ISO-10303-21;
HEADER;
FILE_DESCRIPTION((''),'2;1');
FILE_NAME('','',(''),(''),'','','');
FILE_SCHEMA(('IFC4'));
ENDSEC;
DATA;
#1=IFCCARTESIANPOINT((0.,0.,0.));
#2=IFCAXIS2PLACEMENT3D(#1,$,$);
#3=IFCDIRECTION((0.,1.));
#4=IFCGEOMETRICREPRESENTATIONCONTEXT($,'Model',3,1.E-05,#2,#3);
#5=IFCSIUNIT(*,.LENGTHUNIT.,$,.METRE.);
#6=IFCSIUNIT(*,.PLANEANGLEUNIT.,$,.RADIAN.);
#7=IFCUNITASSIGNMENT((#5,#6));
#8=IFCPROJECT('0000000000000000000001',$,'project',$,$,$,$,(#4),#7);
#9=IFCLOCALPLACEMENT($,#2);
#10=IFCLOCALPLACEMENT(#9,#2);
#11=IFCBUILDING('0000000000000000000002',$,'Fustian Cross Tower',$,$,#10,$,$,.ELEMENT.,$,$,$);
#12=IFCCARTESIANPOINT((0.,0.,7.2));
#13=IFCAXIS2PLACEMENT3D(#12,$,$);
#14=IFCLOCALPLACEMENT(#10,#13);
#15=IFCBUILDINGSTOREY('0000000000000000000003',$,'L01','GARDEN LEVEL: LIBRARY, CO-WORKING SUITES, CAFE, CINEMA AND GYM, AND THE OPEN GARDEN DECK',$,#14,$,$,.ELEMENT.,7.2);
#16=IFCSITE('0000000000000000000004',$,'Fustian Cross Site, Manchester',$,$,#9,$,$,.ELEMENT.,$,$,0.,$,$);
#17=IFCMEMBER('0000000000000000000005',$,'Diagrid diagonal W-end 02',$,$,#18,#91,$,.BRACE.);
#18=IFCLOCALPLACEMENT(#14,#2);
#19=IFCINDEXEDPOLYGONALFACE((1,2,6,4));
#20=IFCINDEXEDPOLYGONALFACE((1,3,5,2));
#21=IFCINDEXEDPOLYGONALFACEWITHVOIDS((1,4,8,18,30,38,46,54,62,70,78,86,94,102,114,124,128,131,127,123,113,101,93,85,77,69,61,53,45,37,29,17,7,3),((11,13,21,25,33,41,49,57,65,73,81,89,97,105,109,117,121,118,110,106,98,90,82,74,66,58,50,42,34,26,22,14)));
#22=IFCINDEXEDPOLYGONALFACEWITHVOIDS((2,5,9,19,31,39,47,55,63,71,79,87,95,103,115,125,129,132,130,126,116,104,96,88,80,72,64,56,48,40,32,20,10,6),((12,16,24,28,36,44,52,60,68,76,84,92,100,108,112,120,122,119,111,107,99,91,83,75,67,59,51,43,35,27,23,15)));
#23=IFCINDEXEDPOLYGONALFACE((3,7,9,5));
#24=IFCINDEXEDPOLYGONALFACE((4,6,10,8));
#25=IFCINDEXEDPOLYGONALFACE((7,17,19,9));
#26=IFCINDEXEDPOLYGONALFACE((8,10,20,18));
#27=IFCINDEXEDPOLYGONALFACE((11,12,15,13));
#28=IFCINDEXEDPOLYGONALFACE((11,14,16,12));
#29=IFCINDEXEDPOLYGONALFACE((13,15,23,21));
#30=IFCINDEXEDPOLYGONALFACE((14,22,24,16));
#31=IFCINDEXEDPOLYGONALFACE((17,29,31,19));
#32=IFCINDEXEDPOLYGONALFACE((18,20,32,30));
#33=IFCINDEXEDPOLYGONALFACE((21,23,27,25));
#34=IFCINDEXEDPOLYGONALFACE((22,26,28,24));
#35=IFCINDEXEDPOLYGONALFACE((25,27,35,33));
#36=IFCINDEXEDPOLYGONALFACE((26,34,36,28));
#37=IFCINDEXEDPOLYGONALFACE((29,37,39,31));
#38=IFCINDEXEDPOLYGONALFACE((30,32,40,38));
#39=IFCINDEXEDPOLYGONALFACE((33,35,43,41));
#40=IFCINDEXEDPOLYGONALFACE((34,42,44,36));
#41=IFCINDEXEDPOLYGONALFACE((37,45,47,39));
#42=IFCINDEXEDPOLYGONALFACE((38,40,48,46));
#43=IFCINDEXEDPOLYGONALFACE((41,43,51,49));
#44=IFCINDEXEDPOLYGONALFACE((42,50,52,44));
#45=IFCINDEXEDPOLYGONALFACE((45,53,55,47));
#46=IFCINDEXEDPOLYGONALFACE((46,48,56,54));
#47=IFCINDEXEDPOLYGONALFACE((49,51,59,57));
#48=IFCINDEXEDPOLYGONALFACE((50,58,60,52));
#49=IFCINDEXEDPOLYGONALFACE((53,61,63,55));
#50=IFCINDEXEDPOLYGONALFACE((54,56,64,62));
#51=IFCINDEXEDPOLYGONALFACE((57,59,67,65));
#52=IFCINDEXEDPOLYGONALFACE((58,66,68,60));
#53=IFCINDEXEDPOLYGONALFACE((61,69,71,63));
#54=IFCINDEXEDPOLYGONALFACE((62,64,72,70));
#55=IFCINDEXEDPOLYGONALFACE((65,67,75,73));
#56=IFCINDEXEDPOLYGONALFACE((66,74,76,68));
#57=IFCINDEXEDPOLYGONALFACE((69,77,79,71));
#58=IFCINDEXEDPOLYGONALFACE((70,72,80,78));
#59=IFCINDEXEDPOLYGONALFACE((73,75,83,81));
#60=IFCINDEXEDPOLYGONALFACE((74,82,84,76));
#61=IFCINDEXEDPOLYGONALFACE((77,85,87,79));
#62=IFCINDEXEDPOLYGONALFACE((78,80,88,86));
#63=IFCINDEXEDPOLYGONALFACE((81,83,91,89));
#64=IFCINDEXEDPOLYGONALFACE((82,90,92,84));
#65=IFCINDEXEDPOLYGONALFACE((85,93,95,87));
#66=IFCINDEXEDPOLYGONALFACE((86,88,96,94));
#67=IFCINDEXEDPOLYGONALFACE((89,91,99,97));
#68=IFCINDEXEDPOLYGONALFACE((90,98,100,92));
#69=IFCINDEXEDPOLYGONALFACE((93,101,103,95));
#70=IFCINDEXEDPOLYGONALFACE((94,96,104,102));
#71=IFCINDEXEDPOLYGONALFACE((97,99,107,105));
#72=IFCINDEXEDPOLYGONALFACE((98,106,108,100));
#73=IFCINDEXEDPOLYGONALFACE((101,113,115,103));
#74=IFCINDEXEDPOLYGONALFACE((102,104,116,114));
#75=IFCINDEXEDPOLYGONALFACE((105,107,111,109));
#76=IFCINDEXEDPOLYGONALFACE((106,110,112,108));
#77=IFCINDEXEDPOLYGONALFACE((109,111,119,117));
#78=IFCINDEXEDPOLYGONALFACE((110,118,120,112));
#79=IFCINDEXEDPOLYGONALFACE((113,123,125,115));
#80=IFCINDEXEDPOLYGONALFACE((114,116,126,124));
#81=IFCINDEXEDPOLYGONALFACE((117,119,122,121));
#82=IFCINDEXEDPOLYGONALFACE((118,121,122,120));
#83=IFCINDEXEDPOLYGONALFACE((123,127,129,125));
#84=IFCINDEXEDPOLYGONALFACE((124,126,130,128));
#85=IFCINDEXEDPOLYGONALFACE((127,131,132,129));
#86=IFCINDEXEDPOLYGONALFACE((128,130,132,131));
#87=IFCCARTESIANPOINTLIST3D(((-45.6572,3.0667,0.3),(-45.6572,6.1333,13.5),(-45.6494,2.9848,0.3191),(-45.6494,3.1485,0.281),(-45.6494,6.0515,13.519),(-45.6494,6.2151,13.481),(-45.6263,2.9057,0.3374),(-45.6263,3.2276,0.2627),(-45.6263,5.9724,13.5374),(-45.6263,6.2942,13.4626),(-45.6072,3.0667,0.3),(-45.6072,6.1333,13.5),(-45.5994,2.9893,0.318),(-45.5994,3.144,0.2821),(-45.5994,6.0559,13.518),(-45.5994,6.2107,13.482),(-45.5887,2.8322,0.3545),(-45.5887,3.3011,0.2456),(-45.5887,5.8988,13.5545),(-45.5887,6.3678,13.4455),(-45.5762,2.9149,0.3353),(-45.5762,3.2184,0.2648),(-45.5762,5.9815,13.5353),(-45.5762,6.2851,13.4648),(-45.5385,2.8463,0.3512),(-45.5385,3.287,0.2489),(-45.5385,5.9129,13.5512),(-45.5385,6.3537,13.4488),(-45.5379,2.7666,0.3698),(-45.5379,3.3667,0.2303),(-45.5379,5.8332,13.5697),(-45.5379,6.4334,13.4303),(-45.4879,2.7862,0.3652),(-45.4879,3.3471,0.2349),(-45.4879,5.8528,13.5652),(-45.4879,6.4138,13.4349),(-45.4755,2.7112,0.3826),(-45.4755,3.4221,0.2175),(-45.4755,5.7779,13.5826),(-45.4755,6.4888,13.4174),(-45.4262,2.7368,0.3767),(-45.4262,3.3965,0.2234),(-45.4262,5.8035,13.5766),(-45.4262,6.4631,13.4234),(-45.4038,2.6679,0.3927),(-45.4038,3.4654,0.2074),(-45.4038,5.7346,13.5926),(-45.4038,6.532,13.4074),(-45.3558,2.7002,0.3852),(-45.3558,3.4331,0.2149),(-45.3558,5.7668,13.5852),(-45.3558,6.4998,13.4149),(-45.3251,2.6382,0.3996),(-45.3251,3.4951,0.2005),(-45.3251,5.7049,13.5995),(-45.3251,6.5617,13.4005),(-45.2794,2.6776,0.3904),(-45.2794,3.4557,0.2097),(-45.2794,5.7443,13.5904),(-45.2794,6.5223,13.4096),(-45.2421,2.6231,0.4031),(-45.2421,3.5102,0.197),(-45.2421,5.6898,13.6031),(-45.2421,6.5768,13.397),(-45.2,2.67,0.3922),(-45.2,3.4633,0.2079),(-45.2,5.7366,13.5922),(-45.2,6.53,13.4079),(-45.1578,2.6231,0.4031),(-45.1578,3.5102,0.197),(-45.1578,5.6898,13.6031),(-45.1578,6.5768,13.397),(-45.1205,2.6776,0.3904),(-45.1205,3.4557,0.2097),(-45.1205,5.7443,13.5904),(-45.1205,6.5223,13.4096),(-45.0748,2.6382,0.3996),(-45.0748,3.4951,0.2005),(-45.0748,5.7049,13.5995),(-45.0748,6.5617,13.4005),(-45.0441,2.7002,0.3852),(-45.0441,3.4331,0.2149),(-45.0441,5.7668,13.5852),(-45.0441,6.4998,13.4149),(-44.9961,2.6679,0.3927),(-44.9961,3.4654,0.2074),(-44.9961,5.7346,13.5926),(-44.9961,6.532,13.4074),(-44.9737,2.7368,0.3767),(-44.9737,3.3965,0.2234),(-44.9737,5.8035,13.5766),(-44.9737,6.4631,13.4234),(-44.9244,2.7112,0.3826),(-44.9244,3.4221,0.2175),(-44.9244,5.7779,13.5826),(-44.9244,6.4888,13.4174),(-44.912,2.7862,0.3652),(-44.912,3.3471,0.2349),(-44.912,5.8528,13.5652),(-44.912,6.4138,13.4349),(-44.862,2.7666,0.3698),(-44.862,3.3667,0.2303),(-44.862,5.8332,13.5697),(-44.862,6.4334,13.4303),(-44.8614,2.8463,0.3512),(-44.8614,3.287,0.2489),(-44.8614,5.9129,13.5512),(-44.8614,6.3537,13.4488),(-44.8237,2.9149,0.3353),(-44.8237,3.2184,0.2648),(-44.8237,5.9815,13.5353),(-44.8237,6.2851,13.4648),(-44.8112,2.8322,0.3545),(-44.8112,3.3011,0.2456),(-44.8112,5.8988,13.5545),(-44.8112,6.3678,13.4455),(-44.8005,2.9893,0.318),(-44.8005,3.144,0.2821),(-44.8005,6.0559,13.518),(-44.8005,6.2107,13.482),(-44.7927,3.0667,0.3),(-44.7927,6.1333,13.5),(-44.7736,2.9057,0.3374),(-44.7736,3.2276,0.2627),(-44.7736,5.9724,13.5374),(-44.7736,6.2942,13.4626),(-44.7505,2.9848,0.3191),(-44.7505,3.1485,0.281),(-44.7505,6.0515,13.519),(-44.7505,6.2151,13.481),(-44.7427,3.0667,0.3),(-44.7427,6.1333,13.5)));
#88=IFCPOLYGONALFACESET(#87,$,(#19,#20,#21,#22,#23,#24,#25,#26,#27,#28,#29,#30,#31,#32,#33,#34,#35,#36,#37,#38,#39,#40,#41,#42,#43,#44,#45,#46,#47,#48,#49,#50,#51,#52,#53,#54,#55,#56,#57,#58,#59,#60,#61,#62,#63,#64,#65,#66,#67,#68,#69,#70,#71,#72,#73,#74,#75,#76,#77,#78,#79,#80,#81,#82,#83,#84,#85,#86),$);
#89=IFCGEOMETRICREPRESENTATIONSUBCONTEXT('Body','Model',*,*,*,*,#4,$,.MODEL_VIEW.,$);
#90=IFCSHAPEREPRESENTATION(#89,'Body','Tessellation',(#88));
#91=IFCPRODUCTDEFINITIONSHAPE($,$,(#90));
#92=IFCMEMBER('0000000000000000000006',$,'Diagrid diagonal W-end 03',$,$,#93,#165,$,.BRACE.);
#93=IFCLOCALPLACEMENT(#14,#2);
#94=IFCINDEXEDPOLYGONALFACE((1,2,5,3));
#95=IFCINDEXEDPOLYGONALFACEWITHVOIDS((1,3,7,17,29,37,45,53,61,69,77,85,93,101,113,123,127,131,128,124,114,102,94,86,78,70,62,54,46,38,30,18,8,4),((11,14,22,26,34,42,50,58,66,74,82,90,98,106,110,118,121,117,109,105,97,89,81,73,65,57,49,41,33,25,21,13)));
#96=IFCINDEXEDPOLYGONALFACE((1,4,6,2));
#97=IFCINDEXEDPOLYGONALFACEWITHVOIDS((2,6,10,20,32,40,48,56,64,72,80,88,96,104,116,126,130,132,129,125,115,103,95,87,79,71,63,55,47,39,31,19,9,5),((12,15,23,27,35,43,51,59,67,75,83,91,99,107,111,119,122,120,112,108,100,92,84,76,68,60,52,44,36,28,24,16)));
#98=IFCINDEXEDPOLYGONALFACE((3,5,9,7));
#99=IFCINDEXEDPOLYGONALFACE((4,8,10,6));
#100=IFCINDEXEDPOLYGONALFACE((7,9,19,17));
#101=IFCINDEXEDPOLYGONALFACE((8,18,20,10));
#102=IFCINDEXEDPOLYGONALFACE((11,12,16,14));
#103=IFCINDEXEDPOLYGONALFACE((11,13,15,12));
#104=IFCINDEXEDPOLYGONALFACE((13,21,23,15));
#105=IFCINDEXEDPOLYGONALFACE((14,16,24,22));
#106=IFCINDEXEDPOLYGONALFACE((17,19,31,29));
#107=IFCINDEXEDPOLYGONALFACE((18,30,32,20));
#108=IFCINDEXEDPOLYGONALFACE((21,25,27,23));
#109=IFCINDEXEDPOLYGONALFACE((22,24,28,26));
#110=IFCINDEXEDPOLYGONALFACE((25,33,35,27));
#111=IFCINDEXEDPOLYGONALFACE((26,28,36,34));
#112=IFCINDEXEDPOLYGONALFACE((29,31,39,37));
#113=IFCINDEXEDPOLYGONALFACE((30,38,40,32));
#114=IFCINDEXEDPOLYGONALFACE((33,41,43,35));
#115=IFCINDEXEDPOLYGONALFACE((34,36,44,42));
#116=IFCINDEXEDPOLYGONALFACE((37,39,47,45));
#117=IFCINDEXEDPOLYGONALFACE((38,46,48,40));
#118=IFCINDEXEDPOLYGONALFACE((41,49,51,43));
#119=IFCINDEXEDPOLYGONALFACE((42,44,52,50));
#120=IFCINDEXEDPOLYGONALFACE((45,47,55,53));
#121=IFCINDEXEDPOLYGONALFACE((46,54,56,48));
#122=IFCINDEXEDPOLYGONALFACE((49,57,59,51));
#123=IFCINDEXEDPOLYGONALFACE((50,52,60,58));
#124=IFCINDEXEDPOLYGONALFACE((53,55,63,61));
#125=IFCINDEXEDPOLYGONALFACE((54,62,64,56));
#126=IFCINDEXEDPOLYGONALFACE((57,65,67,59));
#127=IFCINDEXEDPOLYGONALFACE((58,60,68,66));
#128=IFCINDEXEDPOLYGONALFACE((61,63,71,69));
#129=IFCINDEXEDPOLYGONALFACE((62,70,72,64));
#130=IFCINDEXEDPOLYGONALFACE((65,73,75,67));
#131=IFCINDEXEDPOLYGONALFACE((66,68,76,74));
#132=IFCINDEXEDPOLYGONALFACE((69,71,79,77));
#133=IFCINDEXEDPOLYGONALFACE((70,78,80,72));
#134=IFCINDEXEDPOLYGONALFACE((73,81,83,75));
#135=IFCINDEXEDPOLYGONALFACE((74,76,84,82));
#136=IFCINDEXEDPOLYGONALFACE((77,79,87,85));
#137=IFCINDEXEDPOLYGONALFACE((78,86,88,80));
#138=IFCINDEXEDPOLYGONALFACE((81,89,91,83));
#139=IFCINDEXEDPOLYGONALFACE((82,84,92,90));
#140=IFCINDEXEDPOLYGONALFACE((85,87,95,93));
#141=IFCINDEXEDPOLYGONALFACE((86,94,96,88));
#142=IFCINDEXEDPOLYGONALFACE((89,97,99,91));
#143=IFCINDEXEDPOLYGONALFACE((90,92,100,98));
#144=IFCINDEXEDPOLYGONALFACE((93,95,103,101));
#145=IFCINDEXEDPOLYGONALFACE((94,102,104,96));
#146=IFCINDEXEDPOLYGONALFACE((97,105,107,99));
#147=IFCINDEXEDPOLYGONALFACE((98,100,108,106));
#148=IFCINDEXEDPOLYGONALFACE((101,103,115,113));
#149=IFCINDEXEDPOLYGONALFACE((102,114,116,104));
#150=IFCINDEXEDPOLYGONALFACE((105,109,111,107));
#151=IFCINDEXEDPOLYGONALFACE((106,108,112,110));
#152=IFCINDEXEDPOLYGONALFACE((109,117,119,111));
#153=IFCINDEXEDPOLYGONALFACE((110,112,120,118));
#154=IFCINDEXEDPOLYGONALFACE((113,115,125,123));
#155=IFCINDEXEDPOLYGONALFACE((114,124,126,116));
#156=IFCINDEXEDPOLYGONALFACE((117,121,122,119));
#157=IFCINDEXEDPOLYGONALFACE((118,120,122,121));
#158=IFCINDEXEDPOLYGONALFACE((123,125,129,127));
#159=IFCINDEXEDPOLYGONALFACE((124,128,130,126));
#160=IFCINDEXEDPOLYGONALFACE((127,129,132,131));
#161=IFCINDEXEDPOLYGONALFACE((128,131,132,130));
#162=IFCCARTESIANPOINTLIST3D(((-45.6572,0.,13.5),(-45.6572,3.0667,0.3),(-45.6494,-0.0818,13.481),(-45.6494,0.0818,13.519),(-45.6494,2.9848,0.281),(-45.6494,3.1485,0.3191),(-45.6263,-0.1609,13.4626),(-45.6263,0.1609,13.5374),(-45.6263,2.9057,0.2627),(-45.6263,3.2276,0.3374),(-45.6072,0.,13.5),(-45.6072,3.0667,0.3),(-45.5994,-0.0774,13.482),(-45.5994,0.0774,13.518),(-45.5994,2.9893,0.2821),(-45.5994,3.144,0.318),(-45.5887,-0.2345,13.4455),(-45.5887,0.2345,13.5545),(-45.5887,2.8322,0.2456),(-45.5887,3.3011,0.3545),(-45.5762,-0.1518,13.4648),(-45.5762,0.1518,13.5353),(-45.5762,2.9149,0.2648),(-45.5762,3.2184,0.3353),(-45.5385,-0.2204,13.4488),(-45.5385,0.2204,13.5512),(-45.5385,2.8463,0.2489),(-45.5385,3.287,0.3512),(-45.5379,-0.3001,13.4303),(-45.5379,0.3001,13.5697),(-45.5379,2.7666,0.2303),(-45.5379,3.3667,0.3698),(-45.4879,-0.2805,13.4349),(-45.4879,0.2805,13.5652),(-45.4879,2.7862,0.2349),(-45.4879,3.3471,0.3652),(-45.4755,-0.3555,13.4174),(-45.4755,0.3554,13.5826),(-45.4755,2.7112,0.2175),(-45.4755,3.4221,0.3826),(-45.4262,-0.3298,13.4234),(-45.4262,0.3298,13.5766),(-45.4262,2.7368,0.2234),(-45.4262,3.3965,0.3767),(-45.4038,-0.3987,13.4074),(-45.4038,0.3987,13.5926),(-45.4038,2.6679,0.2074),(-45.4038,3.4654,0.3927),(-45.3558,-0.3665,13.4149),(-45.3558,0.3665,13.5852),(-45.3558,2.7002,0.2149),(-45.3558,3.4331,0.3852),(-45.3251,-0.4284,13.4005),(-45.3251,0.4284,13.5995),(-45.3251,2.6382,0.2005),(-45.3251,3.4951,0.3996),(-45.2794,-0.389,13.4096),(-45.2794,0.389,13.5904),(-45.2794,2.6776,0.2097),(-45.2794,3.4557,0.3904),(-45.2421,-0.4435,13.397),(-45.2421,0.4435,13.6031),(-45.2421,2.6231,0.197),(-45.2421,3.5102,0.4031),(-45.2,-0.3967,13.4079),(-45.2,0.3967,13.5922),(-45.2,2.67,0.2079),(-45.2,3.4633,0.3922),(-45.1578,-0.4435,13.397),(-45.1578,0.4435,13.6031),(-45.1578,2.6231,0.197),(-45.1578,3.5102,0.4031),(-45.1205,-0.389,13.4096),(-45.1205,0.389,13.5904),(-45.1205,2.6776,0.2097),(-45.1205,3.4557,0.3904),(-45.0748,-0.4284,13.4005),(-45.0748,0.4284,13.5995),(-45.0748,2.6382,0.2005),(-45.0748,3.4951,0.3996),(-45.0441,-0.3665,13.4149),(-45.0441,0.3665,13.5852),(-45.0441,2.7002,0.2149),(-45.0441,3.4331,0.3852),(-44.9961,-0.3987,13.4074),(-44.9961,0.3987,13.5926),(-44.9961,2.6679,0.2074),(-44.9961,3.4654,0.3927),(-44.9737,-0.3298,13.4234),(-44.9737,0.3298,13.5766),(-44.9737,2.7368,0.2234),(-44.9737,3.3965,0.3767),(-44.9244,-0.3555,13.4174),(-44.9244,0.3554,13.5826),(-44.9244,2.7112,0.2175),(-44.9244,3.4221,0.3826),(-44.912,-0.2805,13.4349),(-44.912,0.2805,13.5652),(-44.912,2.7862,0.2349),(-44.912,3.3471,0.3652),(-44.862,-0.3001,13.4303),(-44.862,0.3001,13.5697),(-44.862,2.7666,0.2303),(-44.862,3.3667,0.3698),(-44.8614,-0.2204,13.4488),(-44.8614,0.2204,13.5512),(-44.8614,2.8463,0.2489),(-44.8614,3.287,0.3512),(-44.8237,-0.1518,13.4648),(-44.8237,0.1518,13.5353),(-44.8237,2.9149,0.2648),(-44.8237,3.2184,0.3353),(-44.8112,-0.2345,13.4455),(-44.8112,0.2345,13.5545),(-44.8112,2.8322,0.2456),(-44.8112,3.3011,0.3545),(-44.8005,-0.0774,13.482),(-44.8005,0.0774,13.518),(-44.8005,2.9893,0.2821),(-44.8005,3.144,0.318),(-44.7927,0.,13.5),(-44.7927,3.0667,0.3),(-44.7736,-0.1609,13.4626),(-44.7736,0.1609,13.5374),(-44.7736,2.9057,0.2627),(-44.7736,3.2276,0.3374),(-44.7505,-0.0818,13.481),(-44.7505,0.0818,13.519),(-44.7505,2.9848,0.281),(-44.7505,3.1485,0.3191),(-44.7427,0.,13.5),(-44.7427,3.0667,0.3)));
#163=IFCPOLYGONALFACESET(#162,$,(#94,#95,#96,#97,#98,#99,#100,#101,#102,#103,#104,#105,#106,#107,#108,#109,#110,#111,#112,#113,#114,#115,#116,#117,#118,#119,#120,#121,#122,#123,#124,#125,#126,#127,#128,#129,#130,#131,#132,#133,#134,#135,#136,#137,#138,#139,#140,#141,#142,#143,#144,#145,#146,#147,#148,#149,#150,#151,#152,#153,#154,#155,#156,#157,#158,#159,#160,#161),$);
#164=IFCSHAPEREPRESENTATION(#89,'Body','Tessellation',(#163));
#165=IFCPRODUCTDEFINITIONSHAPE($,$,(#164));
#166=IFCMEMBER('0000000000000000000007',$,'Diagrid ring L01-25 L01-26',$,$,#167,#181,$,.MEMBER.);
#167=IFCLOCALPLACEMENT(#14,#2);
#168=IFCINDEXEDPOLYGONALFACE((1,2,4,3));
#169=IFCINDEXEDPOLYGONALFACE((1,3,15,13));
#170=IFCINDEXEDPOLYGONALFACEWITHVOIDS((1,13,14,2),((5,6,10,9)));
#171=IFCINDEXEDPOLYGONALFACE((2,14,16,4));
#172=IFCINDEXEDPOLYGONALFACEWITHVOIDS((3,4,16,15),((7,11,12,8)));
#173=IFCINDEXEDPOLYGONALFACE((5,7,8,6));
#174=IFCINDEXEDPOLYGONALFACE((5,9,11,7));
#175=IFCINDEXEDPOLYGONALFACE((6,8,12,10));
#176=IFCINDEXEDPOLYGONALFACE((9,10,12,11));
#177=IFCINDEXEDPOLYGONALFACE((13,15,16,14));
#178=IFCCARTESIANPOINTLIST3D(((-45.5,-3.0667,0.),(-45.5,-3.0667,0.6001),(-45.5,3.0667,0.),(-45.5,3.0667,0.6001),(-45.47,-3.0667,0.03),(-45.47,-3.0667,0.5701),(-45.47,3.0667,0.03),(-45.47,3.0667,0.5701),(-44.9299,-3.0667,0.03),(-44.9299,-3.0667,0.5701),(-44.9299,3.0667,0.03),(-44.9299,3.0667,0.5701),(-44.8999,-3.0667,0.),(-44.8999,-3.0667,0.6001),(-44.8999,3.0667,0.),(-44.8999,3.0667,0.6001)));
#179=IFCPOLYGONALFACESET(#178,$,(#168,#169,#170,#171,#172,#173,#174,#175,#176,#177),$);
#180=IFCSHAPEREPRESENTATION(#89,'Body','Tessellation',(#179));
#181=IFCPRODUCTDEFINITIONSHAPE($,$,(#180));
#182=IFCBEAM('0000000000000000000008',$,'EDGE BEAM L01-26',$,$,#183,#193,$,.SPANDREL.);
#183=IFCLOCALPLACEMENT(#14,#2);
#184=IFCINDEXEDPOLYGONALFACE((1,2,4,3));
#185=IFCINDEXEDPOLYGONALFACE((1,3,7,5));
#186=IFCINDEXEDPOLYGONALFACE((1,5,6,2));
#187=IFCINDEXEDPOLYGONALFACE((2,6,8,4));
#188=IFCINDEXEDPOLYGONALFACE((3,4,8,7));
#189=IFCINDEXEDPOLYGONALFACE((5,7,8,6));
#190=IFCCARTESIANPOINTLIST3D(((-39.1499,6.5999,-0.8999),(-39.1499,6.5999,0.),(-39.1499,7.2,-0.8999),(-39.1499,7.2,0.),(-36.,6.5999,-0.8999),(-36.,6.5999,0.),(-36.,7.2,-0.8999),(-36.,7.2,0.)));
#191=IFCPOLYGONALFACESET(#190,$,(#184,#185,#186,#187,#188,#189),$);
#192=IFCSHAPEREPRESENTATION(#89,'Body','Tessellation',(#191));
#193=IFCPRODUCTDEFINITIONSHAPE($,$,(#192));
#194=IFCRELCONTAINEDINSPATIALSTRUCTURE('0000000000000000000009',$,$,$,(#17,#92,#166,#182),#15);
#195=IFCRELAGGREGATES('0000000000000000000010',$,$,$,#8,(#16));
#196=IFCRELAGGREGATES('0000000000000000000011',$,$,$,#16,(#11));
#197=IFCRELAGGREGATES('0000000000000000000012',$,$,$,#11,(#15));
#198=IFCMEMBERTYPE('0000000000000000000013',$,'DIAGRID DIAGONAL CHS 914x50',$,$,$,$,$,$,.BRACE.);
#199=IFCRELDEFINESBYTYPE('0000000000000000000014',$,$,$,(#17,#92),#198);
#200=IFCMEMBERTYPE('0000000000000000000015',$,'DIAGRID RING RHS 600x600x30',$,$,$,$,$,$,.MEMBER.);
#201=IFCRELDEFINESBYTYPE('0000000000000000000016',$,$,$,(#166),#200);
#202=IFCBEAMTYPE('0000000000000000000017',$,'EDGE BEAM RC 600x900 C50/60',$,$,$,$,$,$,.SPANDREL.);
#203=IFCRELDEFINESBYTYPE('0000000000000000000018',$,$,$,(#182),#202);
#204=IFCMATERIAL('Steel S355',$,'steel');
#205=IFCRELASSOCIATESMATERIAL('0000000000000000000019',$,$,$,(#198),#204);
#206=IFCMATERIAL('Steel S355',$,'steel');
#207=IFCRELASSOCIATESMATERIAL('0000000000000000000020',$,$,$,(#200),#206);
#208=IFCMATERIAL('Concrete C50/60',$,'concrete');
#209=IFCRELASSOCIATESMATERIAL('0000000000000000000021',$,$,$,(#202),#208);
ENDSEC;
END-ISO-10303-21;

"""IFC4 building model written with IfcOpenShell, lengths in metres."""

from ifc_helpers import new_model, si_unit, direction, frame, origin, origin_2d, place, context, subcontext, project, spatial, rectangle, hollow_rectangle, hollow_circle, extrude, material, material_profile, profile_set, type_object, element, save


model = new_model("IFC4")

# Units and contexts
model_context = context("Model", 3, precision=1e-05, world=origin(), true_north=direction((0.0, 1.0)))
body_context = subcontext(model_context, "Body", "Model", "MODEL_VIEW")
ifc_project = project(units=[si_unit("LENGTHUNIT", "METRE"), si_unit("PLANEANGLEUNIT", "RADIAN")], contexts=[model_context])

# Site, building, storey
site_placement = place(None, origin())
site = spatial("IfcSite", under=ifc_project, at=site_placement, Name="Fustian Cross Site, Manchester", CompositionType="ELEMENT", RefElevation=0.0)
building_placement = place(site_placement, origin())
building = spatial("IfcBuilding", under=site, at=building_placement, Name="Fustian Cross Tower", CompositionType="ELEMENT")
storey_placement = place(building_placement, frame((0.0, 0.0, 7.2)))
storey = spatial("IfcBuildingStorey", under=building, at=storey_placement, Name="L01", Description="GARDEN LEVEL: LIBRARY, CO-WORKING SUITES, CAFE, CINEMA AND GYM, AND THE OPEN GARDEN DECK", CompositionType="ELEMENT", Elevation=7.2)

# Members
ifc_material_1 = material(Name="Steel S355", Category="steel")
ifc_material_profile_1 = material_profile(ifc_material_1, hollow_circle(Radius=0.4573, WallThickness=0.05, at=origin_2d()), Name="CHS 914x50")
ifc_profile_set_1 = profile_set([ifc_material_profile_1], Name="Steel S355")
member_type_1 = type_object("IfcMemberType", Name="DIAGRID DIAGONAL CHS 914x50", PredefinedType="BRACE", material=ifc_profile_set_1)
for number, where, z_axis, x_axis, name in (
    (1, (-45.2, 3.0667, 0.3), (0.0, 0.226296, 0.974059), (-1.0, 0.0, 0.0), "Diagrid diagonal W-end 02"),
    (2, (-45.2, 3.0667, 0.3), (0.0, -0.226296, 0.974059), (1.0, 0.0, 0.0), "Diagrid diagonal W-end 03"),
):
    element("IfcMember", number, at=place(storey_placement, frame(where, z_axis=z_axis, x_axis=x_axis)), inside=storey, type_object=member_type_1, Name=name, PredefinedType="BRACE", context=body_context, shape_type="SweptSolid", body=[
        extrude(hollow_circle(Radius=0.4573, WallThickness=0.05, at=origin_2d()), origin(), (0.0, 0.0, 1.0), 13.5515),
    ])
ifc_material_2 = material(Name="Steel S355", Category="steel")
ifc_material_profile_2 = material_profile(ifc_material_2, hollow_rectangle(XDim=0.6001, YDim=0.6001, WallThickness=0.03, at=origin_2d()), Name="RHS 600x600x30")
ifc_profile_set_2 = profile_set([ifc_material_profile_2], Name="Steel S355")
member_type_2 = type_object("IfcMemberType", Name="DIAGRID RING RHS 600x600x30", PredefinedType="MEMBER", material=ifc_profile_set_2)
member_1_placement = place(storey_placement, frame((-45.2, 3.0667, 0.3), z_axis=(0.0, -1.0, 0.0), x_axis=(1.0, 0.0, 0.0)))
element("IfcMember", 3, at=member_1_placement, inside=storey, type_object=member_type_2, Name="Diagrid ring L01-25 L01-26", PredefinedType="MEMBER", context=body_context, shape_type="SweptSolid", body=[
    extrude(hollow_rectangle(XDim=0.6001, YDim=0.6001, WallThickness=0.03, at=origin_2d()), origin(), (0.0, 0.0, 1.0), 6.1333),
])

# Beam
ifc_material_3 = material(Name="Concrete C50/60", Category="concrete")
ifc_material_profile_3 = material_profile(ifc_material_3, rectangle(XDim=0.6001, YDim=0.8999, at=origin_2d()), Name="RC 600x900")
ifc_profile_set_3 = profile_set([ifc_material_profile_3], Name="Concrete C50/60")
beam_type = type_object("IfcBeamType", Name="EDGE BEAM RC 600x900 C50/60", PredefinedType="SPANDREL", material=ifc_profile_set_3)
beam_1_placement = place(storey_placement, frame((-36.0, 6.8999, -0.45), z_axis=(-1.0, 0.0, 0.0), x_axis=(0.0, -1.0, 0.0)))
element("IfcBeam", 4, at=beam_1_placement, inside=storey, type_object=beam_type, Name="EDGE BEAM L01-26", PredefinedType="SPANDREL", context=body_context, shape_type="SweptSolid", body=[
    extrude(rectangle(XDim=0.6001, YDim=0.8999, at=origin_2d()), origin(), (0.0, 0.0, 1.0), 3.1499),
])

save(model, "model.ifc")
